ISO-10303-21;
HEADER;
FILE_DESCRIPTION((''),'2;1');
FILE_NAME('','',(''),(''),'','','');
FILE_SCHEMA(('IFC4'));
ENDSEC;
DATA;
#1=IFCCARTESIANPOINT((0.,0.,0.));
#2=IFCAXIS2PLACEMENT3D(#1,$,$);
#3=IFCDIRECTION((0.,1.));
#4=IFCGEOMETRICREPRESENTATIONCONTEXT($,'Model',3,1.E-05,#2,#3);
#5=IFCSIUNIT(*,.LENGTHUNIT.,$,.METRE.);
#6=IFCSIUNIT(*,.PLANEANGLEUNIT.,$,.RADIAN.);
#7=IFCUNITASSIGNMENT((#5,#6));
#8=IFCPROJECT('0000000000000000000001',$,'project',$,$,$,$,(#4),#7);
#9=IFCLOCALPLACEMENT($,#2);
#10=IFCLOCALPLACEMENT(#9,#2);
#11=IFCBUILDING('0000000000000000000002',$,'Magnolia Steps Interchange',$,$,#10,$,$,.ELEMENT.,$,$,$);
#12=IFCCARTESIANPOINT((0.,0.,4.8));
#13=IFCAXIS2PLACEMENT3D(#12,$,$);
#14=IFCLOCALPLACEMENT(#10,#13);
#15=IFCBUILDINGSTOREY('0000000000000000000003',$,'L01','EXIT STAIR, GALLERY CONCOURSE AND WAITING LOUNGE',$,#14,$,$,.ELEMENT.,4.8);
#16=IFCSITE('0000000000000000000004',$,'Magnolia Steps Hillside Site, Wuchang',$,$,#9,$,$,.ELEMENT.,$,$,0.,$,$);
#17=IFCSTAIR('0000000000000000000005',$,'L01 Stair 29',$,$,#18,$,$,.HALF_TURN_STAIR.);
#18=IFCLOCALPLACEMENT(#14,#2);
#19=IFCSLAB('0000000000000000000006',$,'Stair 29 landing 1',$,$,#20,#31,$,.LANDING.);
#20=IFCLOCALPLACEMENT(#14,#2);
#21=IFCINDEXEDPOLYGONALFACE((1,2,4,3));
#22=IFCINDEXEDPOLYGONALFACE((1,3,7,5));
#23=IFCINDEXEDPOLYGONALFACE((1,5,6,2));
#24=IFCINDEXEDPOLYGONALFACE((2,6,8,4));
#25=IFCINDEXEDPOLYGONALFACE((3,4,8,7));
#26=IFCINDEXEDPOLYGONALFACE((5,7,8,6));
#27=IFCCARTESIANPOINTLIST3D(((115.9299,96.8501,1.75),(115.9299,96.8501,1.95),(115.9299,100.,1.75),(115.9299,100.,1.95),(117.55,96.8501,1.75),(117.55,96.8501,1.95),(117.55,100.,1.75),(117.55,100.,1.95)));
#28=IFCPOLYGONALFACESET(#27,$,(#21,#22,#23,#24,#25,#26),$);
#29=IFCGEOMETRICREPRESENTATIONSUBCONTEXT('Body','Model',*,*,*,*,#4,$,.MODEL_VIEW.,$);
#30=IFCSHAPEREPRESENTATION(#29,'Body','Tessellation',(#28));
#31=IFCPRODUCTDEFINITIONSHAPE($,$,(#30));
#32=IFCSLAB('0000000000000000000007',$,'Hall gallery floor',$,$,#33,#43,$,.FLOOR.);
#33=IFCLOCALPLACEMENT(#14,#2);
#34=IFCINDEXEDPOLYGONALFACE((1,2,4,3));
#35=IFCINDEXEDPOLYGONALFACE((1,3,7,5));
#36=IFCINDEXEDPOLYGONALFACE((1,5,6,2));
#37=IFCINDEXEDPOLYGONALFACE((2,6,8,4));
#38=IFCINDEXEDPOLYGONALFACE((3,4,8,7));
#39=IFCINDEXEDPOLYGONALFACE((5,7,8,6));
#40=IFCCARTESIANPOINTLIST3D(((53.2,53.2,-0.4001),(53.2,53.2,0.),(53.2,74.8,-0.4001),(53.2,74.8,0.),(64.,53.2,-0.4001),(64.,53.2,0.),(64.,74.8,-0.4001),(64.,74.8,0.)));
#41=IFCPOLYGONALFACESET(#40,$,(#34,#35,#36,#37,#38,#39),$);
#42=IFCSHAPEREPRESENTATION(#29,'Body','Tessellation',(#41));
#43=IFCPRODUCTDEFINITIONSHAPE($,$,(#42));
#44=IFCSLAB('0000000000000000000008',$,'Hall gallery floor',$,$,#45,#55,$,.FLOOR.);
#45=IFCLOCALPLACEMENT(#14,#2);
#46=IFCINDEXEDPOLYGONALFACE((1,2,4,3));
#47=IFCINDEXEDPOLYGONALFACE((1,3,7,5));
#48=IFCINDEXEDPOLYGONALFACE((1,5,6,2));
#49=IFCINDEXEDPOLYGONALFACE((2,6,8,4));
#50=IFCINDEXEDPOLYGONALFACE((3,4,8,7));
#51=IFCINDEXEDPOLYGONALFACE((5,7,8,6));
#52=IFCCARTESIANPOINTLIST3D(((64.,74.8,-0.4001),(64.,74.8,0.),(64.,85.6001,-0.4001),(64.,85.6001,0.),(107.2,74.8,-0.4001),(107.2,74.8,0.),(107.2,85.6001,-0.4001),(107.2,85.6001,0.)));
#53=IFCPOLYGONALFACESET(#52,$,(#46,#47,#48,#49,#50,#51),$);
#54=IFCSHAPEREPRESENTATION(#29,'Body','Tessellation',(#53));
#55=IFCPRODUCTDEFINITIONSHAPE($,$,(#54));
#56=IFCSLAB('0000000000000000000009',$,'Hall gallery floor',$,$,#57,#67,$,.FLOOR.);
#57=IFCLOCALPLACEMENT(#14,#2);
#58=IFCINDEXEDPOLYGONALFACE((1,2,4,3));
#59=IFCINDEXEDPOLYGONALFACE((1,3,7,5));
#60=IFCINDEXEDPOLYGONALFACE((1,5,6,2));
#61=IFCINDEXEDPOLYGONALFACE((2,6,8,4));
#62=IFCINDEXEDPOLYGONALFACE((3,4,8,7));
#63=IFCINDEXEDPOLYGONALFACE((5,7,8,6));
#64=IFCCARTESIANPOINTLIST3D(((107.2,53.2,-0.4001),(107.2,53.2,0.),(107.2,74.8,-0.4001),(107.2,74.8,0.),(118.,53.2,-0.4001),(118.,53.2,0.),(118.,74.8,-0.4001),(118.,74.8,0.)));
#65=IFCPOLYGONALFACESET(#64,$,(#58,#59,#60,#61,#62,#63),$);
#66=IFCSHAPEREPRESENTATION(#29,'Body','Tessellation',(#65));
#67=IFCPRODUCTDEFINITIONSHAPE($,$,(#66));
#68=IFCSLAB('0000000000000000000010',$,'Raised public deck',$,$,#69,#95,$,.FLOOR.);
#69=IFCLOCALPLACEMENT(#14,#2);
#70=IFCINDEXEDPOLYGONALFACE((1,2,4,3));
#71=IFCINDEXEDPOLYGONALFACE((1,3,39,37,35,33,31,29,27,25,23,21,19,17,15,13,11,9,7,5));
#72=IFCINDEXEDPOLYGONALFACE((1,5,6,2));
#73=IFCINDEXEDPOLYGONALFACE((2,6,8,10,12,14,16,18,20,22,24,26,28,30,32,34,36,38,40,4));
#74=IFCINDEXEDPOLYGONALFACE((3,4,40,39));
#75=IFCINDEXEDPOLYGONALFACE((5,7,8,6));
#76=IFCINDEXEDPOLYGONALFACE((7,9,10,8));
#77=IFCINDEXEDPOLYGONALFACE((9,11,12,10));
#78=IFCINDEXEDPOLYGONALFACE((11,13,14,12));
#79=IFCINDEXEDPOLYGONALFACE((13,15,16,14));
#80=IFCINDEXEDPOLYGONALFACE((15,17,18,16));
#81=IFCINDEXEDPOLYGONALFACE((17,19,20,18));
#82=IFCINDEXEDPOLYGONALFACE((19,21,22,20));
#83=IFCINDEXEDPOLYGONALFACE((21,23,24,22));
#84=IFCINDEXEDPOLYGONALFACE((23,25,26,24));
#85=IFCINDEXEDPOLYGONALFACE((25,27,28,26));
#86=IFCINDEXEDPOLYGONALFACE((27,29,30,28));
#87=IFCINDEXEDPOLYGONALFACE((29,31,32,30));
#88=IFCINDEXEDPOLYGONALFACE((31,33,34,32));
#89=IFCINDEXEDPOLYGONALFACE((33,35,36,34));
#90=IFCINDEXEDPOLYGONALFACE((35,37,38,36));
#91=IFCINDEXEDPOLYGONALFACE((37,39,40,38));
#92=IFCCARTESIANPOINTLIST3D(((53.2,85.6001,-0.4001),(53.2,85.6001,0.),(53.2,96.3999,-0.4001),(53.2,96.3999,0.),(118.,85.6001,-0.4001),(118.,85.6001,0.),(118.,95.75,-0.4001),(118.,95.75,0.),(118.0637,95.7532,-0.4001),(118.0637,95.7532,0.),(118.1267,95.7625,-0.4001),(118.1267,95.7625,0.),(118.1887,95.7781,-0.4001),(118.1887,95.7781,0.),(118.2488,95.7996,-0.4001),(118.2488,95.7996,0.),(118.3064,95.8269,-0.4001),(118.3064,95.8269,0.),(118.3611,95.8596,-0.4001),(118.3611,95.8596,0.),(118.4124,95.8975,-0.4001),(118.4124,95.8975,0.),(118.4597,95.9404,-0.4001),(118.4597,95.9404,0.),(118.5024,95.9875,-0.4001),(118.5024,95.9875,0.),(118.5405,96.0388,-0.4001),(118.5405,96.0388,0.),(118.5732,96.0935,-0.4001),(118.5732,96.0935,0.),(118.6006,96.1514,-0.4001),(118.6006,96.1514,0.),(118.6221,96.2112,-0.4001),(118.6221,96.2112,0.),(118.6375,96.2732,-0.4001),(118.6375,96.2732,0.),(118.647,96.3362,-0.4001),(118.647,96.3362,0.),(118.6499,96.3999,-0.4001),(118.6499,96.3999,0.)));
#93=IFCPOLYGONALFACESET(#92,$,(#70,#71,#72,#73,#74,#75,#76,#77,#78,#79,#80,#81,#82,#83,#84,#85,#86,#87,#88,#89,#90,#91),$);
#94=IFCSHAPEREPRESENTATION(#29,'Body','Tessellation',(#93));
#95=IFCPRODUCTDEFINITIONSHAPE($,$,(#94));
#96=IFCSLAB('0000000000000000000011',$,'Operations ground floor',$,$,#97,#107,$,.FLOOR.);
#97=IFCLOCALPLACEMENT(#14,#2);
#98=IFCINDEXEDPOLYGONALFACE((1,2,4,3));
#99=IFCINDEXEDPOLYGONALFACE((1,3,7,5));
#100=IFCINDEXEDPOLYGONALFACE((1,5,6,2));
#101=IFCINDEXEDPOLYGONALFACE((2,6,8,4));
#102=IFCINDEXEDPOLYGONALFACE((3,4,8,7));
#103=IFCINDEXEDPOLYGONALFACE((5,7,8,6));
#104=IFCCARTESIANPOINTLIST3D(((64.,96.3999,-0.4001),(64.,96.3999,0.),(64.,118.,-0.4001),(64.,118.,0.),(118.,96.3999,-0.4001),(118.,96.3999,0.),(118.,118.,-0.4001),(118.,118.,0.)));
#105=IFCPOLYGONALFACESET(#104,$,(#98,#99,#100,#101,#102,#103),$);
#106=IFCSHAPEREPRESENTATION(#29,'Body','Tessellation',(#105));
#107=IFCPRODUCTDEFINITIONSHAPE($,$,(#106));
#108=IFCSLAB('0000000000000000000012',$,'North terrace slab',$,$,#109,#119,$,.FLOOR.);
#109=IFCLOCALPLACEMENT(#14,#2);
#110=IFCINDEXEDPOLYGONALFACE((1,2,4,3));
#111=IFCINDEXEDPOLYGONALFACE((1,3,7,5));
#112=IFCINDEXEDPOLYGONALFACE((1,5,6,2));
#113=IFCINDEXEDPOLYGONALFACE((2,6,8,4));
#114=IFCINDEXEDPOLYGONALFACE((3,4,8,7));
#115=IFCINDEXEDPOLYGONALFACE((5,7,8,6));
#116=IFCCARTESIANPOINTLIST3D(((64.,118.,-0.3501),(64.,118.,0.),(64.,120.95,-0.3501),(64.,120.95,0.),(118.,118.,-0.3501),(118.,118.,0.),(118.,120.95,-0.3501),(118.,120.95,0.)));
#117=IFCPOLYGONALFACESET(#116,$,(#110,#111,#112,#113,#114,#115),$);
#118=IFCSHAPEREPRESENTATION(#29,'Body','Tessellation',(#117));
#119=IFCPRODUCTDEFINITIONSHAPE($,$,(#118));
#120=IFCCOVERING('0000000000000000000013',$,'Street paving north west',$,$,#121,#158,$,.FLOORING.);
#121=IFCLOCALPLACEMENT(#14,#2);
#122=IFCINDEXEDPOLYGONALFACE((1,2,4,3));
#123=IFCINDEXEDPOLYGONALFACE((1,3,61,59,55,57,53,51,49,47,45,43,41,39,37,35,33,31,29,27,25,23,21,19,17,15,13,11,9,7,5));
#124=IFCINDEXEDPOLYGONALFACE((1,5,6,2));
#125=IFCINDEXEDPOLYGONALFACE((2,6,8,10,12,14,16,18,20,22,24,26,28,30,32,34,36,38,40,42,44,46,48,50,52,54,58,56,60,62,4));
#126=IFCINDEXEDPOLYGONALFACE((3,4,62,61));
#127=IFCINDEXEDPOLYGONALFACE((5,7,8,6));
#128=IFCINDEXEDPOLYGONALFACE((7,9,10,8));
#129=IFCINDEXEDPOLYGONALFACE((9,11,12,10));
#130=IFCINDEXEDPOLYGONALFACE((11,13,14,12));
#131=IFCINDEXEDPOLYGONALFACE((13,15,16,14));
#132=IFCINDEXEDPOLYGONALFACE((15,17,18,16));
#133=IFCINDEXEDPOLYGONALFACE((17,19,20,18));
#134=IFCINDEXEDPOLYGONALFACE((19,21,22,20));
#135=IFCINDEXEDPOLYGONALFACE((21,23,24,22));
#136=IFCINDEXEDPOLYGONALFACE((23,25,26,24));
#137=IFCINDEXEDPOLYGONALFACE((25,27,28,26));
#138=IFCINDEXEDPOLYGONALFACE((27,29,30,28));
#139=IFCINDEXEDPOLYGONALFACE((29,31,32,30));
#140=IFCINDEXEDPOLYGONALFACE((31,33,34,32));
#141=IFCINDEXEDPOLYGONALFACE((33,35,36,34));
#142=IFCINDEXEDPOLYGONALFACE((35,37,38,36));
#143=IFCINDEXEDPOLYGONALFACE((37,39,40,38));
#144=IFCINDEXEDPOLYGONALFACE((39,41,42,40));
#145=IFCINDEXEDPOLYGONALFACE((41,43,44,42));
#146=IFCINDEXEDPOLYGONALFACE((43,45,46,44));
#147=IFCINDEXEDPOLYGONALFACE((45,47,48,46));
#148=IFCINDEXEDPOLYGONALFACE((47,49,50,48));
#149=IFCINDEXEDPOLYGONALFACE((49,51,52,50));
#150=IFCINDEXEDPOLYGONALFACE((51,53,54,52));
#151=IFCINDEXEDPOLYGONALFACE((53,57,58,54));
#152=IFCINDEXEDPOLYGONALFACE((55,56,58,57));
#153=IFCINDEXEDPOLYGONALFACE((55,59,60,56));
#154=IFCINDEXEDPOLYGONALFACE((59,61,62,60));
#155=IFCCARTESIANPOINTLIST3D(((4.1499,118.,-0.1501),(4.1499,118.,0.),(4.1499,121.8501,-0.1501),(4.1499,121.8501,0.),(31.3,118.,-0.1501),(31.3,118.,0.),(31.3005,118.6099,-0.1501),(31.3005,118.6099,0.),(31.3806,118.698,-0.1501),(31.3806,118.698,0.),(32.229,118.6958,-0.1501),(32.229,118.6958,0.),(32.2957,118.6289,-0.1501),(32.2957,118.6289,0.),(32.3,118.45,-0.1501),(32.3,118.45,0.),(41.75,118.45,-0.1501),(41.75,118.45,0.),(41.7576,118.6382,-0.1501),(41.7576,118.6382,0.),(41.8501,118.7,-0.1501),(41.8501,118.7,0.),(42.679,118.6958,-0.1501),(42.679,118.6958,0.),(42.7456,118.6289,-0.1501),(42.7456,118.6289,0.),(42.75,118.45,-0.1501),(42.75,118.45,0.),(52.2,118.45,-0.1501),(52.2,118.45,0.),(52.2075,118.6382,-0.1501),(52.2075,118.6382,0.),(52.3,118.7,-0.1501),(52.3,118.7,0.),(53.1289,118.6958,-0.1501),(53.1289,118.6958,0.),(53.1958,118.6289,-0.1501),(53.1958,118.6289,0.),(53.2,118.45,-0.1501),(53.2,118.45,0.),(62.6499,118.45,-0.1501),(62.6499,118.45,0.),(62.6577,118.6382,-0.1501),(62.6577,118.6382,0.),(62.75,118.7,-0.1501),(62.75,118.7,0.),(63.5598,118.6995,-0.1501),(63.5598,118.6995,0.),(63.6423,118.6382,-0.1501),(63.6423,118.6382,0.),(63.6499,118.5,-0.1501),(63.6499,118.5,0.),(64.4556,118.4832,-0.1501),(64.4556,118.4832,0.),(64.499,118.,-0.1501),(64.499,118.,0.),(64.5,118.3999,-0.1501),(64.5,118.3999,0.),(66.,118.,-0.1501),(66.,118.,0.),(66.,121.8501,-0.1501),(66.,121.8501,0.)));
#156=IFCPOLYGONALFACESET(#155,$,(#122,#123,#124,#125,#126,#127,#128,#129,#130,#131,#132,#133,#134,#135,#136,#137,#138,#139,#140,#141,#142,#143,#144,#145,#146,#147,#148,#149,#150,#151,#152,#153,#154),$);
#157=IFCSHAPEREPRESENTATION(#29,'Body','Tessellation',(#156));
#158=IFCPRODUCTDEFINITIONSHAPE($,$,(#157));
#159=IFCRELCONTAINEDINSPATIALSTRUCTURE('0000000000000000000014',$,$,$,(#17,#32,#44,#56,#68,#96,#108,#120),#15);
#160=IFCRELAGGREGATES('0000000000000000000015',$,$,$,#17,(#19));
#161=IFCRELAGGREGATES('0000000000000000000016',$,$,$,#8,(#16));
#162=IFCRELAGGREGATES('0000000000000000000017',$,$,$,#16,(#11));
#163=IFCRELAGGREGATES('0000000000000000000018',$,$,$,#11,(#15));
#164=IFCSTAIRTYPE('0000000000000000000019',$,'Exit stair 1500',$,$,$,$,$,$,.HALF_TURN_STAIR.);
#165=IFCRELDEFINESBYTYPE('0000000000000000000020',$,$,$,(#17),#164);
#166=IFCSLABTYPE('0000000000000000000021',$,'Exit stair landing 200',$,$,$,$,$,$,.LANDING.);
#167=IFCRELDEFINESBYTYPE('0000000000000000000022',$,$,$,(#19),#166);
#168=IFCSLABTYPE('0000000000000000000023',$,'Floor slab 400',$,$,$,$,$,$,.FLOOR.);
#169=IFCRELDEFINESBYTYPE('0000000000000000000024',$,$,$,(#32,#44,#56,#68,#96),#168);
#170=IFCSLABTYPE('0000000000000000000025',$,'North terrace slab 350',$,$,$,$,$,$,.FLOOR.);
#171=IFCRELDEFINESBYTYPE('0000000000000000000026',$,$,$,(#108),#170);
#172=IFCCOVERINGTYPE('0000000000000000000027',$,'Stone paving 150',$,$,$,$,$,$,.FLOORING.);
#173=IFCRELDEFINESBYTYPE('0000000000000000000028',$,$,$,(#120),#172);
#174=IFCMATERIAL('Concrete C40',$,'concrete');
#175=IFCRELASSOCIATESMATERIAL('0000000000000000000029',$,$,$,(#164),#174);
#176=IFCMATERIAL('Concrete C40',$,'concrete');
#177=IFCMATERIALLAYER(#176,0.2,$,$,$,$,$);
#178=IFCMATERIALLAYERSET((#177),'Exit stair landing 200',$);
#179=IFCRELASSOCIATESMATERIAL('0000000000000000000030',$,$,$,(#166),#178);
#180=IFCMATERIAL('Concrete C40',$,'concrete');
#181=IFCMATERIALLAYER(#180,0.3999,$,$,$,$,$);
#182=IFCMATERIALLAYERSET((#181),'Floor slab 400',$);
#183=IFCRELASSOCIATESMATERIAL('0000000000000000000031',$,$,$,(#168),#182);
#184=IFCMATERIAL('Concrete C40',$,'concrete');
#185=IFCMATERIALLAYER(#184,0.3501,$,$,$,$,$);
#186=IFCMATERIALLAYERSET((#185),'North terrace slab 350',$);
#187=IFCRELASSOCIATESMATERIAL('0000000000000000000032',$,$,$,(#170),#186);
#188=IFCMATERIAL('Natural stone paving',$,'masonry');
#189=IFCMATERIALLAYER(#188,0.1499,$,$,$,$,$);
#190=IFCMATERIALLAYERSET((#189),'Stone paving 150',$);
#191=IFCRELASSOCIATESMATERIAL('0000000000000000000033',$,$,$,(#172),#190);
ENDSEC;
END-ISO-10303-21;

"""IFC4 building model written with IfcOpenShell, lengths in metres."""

from ifc_helpers import new_model, si_unit, direction, frame, origin, place, context, subcontext, project, spatial, polyline, outline, extrude, material, layer, layer_set, type_object, element, aggregate, save


model = new_model("IFC4")

# Units and contexts
model_context = context("Model", 3, precision=1e-05, world=origin(), true_north=direction((0.0, 1.0)))
body_context = subcontext(model_context, "Body", "Model", "MODEL_VIEW")
ifc_project = project(units=[si_unit("LENGTHUNIT", "METRE"), si_unit("PLANEANGLEUNIT", "RADIAN")], contexts=[model_context])

# Site, building, storey
site_placement = place(None, origin())
site = spatial("IfcSite", under=ifc_project, at=site_placement, Name="Magnolia Steps Hillside Site, Wuchang", CompositionType="ELEMENT", RefElevation=0.0)
building_placement = place(site_placement, origin())
building = spatial("IfcBuilding", under=site, at=building_placement, Name="Magnolia Steps Interchange", CompositionType="ELEMENT")
storey_placement = place(building_placement, frame((0.0, 0.0, 4.8)))
storey = spatial("IfcBuildingStorey", under=building, at=storey_placement, Name="L01", Description="EXIT STAIR, GALLERY CONCOURSE AND WAITING LOUNGE", CompositionType="ELEMENT", Elevation=4.8)

# Stair, slab
ifc_material_1 = material(Name="Concrete C40", Category="concrete")
stair_type = type_object("IfcStairType", Name="Exit stair 1500", PredefinedType="HALF_TURN_STAIR", material=ifc_material_1)
ifc_material_2 = material(Name="Concrete C40", Category="concrete")
ifc_layer_1 = layer(ifc_material_2, 0.2)
ifc_layer_set_1 = layer_set([ifc_layer_1], Name="Exit stair landing 200")
slab_type_1 = type_object("IfcSlabType", Name="Exit stair landing 200", PredefinedType="LANDING", material=ifc_layer_set_1)
stair_1_placement = place(storey_placement, origin())
stair_1 = element("IfcStair", 1, at=stair_1_placement, inside=storey, type_object=stair_type, Name="L01 Stair 29", PredefinedType="HALF_TURN_STAIR")
slab_1_placement = place(storey_placement, frame((0.0, 0.0, 1.75)))
slab_1 = element("IfcSlab", 2, at=slab_1_placement, type_object=slab_type_1, Name="Stair 29 landing 1", PredefinedType="LANDING", context=body_context, shape_type="SweptSolid", body=[
    extrude(outline(polyline([(115.9299, 96.8501), (117.55, 96.8501), (117.55, 100.0), (115.9299, 100.0), (115.9299, 96.8501)])), origin(), (0.0, 0.0, 1.0), 0.2),
])
aggregate(stair_1, [slab_1])

# Slabs
ifc_material_3 = material(Name="Concrete C40", Category="concrete")
ifc_layer_2 = layer(ifc_material_3, 0.3999)
ifc_layer_set_2 = layer_set([ifc_layer_2], Name="Floor slab 400")
slab_type_2 = type_object("IfcSlabType", Name="Floor slab 400", PredefinedType="FLOOR", material=ifc_layer_set_2)
slab_2_placement = place(storey_placement, frame((0.0, 0.0, -0.4001)))
element("IfcSlab", 3, at=slab_2_placement, inside=storey, type_object=slab_type_2, Name="Hall gallery floor", PredefinedType="FLOOR", context=body_context, shape_type="SweptSolid", body=[
    extrude(outline(polyline([(53.2, 53.2), (64.0, 53.2), (64.0, 74.8), (53.2, 74.8), (53.2, 53.2)])), origin(), (0.0, 0.0, 1.0), 0.4001),
])
slab_3_placement = place(storey_placement, frame((0.0, 0.0, -0.4001)))
element("IfcSlab", 4, at=slab_3_placement, inside=storey, type_object=slab_type_2, Name="Hall gallery floor", PredefinedType="FLOOR", context=body_context, shape_type="SweptSolid", body=[
    extrude(outline(polyline([(64.0, 85.6001), (64.0, 74.8), (107.2, 74.8), (107.2, 85.6001), (64.0, 85.6001)])), origin(), (0.0, 0.0, 1.0), 0.4001),
])
slab_4_placement = place(storey_placement, frame((0.0, 0.0, -0.4001)))
element("IfcSlab", 5, at=slab_4_placement, inside=storey, type_object=slab_type_2, Name="Hall gallery floor", PredefinedType="FLOOR", context=body_context, shape_type="SweptSolid", body=[
    extrude(outline(polyline([(118.0, 74.8), (107.2, 74.8), (107.2, 53.2), (118.0, 53.2), (118.0, 74.8)])), origin(), (0.0, 0.0, 1.0), 0.4001),
])
slab_5_placement = place(storey_placement, frame((0.0, 0.0, -0.4001)))
element("IfcSlab", 6, at=slab_5_placement, inside=storey, type_object=slab_type_2, Name="Raised public deck", PredefinedType="FLOOR", context=body_context, shape_type="SweptSolid", body=[
    extrude(outline(polyline([(53.2, 96.3999), (53.2, 85.6001), (118.0, 85.6001), (118.0, 95.75), (118.0637, 95.7532), (118.1267, 95.7625), (118.1887, 95.7781), (118.2488, 95.7996), (118.3064, 95.8269), (118.3611, 95.8596), (118.4124, 95.8975), (118.4597, 95.9404), (118.5024, 95.9875), (118.5405, 96.0388), (118.5732, 96.0935), (118.6006, 96.1514), (118.6221, 96.2112), (118.6375, 96.2732), (118.647, 96.3362), (118.6499, 96.3999), (53.2, 96.3999)])), origin(), (0.0, 0.0, 1.0), 0.4001),
])
slab_6_placement = place(storey_placement, frame((0.0, 0.0, -0.4001)))
element("IfcSlab", 7, at=slab_6_placement, inside=storey, type_object=slab_type_2, Name="Operations ground floor", PredefinedType="FLOOR", context=body_context, shape_type="SweptSolid", body=[
    extrude(outline(polyline([(118.0, 96.3999), (118.0, 118.0), (64.0, 118.0), (64.0, 96.3999), (118.0, 96.3999)])), origin(), (0.0, 0.0, 1.0), 0.4001),
])
ifc_material_4 = material(Name="Concrete C40", Category="concrete")
ifc_layer_3 = layer(ifc_material_4, 0.3501)
ifc_layer_set_3 = layer_set([ifc_layer_3], Name="North terrace slab 350")
slab_type_3 = type_object("IfcSlabType", Name="North terrace slab 350", PredefinedType="FLOOR", material=ifc_layer_set_3)
slab_7_placement = place(storey_placement, frame((0.0, 0.0, -0.3501)))
element("IfcSlab", 8, at=slab_7_placement, inside=storey, type_object=slab_type_3, Name="North terrace slab", PredefinedType="FLOOR", context=body_context, shape_type="SweptSolid", body=[
    extrude(outline(polyline([(64.0, 118.0), (118.0, 118.0), (118.0, 120.95), (64.0, 120.95), (64.0, 118.0)])), origin(), (0.0, 0.0, 1.0), 0.3501),
])

# Covering
ifc_material_5 = material(Name="Natural stone paving", Category="masonry")
ifc_layer_4 = layer(ifc_material_5, 0.1499)
ifc_layer_set_4 = layer_set([ifc_layer_4], Name="Stone paving 150")
covering_type = type_object("IfcCoveringType", Name="Stone paving 150", PredefinedType="FLOORING", material=ifc_layer_set_4)
covering_placement = place(storey_placement, frame((0.0, 0.0, -0.1501)))
element("IfcCovering", 9, at=covering_placement, inside=storey, type_object=covering_type, Name="Street paving north west", PredefinedType="FLOORING", context=body_context, shape_type="SweptSolid", body=[
    extrude(outline(polyline([(4.1499, 121.8501), (66.0, 121.8501), (66.0, 118.0), (64.499, 118.0), (64.5, 118.3999), (64.4556, 118.4832), (63.6499, 118.5), (63.6423, 118.6382), (63.5598, 118.6995), (62.75, 118.7), (62.6577, 118.6382), (62.6499, 118.45), (53.2, 118.45), (53.1958, 118.6289), (53.1289, 118.6958), (52.3, 118.7), (52.2075, 118.6382), (52.2, 118.45), (42.75, 118.45), (42.7456, 118.6289), (42.679, 118.6958), (41.8501, 118.7), (41.7576, 118.6382), (41.75, 118.45), (32.3, 118.45), (32.2957, 118.6289), (32.229, 118.6958), (31.3806, 118.698), (31.3005, 118.6099), (31.3, 118.0), (4.1499, 118.0), (4.1499, 121.8501)])), origin(), (0.0, 0.0, 1.0), 0.1501),
])

save(model, "model.ifc")
